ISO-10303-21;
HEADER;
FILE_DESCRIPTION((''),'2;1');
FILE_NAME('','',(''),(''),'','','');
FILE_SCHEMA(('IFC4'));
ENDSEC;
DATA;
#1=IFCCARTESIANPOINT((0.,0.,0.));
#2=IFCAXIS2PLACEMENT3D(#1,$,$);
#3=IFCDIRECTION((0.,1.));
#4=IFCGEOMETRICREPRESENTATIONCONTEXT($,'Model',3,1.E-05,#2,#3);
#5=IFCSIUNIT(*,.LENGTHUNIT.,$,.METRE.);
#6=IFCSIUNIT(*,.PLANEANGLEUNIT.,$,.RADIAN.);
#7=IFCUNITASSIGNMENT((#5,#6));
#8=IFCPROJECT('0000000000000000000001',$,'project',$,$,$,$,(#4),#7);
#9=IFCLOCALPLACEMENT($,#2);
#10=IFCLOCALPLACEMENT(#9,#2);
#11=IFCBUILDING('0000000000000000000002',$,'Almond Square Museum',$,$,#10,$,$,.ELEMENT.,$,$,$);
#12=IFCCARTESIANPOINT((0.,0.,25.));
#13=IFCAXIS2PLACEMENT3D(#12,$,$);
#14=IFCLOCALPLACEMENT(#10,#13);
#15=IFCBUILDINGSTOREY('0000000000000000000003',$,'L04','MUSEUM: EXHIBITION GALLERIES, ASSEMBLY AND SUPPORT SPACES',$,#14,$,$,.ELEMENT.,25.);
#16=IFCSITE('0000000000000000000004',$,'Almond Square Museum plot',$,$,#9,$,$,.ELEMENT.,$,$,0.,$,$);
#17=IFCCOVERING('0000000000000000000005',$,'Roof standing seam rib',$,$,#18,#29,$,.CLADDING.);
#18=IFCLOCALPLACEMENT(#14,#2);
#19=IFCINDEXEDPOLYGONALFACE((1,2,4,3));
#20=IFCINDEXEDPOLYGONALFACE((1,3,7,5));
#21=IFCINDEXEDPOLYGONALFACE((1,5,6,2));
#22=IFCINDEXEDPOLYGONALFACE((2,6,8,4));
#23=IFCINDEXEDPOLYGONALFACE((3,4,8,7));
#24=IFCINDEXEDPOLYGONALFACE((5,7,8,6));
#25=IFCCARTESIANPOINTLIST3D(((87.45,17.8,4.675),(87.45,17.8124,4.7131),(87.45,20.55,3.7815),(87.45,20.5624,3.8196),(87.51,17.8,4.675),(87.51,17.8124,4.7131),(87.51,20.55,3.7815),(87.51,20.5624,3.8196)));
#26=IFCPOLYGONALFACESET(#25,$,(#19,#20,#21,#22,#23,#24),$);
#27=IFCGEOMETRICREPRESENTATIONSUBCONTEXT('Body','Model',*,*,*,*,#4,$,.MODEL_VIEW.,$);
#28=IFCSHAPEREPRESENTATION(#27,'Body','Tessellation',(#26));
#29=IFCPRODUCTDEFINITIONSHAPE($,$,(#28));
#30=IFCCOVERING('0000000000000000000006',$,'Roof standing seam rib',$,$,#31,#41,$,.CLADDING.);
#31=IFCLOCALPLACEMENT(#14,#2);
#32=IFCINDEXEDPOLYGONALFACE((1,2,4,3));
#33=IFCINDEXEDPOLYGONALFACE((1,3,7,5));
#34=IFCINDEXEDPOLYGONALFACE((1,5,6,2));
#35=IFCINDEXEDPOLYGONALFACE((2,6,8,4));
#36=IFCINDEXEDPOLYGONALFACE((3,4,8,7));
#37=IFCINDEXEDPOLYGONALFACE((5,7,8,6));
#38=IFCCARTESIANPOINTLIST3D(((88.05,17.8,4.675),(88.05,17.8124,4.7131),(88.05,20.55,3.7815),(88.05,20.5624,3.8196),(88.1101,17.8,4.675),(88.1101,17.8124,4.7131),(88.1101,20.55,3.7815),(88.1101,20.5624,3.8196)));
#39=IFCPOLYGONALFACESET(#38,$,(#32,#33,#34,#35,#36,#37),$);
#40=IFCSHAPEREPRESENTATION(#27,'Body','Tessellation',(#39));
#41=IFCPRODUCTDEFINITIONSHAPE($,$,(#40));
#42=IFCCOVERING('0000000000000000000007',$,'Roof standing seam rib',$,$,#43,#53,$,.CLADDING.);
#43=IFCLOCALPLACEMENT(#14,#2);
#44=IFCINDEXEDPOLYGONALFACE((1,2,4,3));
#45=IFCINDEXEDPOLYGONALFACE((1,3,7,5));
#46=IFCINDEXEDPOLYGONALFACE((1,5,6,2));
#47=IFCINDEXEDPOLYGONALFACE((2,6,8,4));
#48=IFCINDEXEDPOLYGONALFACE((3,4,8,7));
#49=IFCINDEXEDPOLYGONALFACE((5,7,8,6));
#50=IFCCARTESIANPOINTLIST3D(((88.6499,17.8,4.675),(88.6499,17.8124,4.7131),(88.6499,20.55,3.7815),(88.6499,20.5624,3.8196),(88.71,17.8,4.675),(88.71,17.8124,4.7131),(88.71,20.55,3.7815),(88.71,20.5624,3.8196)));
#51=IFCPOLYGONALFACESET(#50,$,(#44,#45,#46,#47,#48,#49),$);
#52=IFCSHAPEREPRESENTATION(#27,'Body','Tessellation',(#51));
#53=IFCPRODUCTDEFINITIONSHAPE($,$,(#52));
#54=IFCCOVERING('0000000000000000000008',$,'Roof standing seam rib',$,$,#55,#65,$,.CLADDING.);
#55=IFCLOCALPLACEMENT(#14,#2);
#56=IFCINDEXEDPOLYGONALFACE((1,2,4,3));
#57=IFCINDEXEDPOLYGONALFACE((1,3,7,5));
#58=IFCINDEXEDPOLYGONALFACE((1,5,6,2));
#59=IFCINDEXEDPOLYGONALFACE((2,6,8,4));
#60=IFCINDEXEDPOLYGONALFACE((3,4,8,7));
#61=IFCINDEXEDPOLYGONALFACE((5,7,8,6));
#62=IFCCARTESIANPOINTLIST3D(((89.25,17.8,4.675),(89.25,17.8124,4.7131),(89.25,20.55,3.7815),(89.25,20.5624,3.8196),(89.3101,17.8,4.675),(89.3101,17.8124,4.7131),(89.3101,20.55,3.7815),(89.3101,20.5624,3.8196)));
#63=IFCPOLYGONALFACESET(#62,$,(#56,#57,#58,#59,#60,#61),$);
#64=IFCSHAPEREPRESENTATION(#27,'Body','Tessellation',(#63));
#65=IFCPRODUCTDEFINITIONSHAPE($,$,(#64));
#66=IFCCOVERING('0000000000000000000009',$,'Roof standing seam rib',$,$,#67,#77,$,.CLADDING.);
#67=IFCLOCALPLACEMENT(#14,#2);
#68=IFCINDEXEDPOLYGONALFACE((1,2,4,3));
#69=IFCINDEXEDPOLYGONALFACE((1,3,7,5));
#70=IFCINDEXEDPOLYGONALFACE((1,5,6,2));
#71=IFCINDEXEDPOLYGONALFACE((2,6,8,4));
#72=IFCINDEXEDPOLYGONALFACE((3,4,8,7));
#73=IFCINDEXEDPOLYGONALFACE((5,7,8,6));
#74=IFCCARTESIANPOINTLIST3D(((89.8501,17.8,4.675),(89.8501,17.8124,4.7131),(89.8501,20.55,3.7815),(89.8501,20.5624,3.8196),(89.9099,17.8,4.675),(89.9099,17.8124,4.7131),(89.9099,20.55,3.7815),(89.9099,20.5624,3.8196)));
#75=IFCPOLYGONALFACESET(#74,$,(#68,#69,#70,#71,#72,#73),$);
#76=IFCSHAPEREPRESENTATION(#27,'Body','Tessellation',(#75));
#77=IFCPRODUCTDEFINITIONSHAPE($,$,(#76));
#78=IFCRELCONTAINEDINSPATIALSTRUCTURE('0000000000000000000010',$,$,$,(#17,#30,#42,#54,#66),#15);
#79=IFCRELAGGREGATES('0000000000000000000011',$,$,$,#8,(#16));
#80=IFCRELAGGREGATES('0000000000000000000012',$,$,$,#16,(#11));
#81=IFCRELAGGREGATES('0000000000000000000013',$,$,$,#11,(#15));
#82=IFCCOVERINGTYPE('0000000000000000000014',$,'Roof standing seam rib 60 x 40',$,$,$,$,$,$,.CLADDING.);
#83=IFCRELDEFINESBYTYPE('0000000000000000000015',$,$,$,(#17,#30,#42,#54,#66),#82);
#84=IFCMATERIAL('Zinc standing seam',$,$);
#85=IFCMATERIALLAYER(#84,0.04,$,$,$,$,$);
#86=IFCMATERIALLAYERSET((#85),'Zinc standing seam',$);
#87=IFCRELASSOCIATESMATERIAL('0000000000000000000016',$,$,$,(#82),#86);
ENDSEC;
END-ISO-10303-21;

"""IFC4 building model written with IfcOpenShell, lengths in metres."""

from ifc_helpers import new_model, si_unit, direction, frame, origin, place, context, subcontext, project, spatial, polyline, outline, extrude, material, layer, layer_set, type_object, element, save


model = new_model("IFC4")

# Units and contexts
model_context = context("Model", 3, precision=1e-05, world=origin(), true_north=direction((0.0, 1.0)))
body_context = subcontext(model_context, "Body", "Model", "MODEL_VIEW")
ifc_project = project(units=[si_unit("LENGTHUNIT", "METRE"), si_unit("PLANEANGLEUNIT", "RADIAN")], contexts=[model_context])

# Site, building, storey
site_placement = place(None, origin())
site = spatial("IfcSite", under=ifc_project, at=site_placement, Name="Almond Square Museum plot", CompositionType="ELEMENT", RefElevation=0.0)
building_placement = place(site_placement, origin())
building = spatial("IfcBuilding", under=site, at=building_placement, Name="Almond Square Museum", CompositionType="ELEMENT")
storey_placement = place(building_placement, frame((0.0, 0.0, 25.0)))
storey = spatial("IfcBuildingStorey", under=building, at=storey_placement, Name="L04", Description="MUSEUM: EXHIBITION GALLERIES, ASSEMBLY AND SUPPORT SPACES", CompositionType="ELEMENT", Elevation=25.0)

# Coverings
ifc_material_1 = material(Name="Zinc standing seam")
ifc_layer_1 = layer(ifc_material_1, 0.04)
ifc_layer_set_1 = layer_set([ifc_layer_1], Name="Zinc standing seam")
covering_type = type_object("IfcCoveringType", Name="Roof standing seam rib 60 x 40", PredefinedType="CLADDING", material=ifc_layer_set_1)
for number, where, z_axis, x_axis, name in (
    (1, (87.45, 17.8, 4.675), (0.0, 0.309025, 0.951054), (1.0, 0.0, 0.0), "Roof standing seam rib"),
    (2, (88.05, 17.8, 4.675), (0.0, 0.309025, 0.951054), (1.0, 0.0, 0.0), "Roof standing seam rib"),
    (3, (88.6499, 17.8, 4.675), (0.0, 0.309025, 0.951054), (1.0, 0.0, 0.0), "Roof standing seam rib"),
    (4, (89.25, 17.8, 4.675), (0.0, 0.309025, 0.951054), (1.0, 0.0, 0.0), "Roof standing seam rib"),
):
    element("IfcCovering", number, at=place(storey_placement, frame(where, z_axis=z_axis, x_axis=x_axis)), inside=storey, type_object=covering_type, Name=name, PredefinedType="CLADDING", context=body_context, shape_type="SweptSolid", body=[
        extrude(outline(polyline([(0.0, 0.0), (0.0601, 0.0), (0.0601, 2.8915), (0.0, 2.8915), (0.0, 0.0)])), origin(), (0.0, 0.0, 1.0), 0.04),
    ])
covering_1_placement = place(storey_placement, frame((89.8501, 17.8, 4.675), z_axis=(0.0, 0.309025, 0.951054), x_axis=(1.0, 0.0, 0.0)))
element("IfcCovering", 5, at=covering_1_placement, inside=storey, type_object=covering_type, Name="Roof standing seam rib", PredefinedType="CLADDING", context=body_context, shape_type="SweptSolid", body=[
    extrude(outline(polyline([(0.0, 0.0), (0.0598, 0.0), (0.0598, 2.8915), (0.0, 2.8915), (0.0, 0.0)])), origin(), (0.0, 0.0, 1.0), 0.04),
])

save(model, "model.ifc")
